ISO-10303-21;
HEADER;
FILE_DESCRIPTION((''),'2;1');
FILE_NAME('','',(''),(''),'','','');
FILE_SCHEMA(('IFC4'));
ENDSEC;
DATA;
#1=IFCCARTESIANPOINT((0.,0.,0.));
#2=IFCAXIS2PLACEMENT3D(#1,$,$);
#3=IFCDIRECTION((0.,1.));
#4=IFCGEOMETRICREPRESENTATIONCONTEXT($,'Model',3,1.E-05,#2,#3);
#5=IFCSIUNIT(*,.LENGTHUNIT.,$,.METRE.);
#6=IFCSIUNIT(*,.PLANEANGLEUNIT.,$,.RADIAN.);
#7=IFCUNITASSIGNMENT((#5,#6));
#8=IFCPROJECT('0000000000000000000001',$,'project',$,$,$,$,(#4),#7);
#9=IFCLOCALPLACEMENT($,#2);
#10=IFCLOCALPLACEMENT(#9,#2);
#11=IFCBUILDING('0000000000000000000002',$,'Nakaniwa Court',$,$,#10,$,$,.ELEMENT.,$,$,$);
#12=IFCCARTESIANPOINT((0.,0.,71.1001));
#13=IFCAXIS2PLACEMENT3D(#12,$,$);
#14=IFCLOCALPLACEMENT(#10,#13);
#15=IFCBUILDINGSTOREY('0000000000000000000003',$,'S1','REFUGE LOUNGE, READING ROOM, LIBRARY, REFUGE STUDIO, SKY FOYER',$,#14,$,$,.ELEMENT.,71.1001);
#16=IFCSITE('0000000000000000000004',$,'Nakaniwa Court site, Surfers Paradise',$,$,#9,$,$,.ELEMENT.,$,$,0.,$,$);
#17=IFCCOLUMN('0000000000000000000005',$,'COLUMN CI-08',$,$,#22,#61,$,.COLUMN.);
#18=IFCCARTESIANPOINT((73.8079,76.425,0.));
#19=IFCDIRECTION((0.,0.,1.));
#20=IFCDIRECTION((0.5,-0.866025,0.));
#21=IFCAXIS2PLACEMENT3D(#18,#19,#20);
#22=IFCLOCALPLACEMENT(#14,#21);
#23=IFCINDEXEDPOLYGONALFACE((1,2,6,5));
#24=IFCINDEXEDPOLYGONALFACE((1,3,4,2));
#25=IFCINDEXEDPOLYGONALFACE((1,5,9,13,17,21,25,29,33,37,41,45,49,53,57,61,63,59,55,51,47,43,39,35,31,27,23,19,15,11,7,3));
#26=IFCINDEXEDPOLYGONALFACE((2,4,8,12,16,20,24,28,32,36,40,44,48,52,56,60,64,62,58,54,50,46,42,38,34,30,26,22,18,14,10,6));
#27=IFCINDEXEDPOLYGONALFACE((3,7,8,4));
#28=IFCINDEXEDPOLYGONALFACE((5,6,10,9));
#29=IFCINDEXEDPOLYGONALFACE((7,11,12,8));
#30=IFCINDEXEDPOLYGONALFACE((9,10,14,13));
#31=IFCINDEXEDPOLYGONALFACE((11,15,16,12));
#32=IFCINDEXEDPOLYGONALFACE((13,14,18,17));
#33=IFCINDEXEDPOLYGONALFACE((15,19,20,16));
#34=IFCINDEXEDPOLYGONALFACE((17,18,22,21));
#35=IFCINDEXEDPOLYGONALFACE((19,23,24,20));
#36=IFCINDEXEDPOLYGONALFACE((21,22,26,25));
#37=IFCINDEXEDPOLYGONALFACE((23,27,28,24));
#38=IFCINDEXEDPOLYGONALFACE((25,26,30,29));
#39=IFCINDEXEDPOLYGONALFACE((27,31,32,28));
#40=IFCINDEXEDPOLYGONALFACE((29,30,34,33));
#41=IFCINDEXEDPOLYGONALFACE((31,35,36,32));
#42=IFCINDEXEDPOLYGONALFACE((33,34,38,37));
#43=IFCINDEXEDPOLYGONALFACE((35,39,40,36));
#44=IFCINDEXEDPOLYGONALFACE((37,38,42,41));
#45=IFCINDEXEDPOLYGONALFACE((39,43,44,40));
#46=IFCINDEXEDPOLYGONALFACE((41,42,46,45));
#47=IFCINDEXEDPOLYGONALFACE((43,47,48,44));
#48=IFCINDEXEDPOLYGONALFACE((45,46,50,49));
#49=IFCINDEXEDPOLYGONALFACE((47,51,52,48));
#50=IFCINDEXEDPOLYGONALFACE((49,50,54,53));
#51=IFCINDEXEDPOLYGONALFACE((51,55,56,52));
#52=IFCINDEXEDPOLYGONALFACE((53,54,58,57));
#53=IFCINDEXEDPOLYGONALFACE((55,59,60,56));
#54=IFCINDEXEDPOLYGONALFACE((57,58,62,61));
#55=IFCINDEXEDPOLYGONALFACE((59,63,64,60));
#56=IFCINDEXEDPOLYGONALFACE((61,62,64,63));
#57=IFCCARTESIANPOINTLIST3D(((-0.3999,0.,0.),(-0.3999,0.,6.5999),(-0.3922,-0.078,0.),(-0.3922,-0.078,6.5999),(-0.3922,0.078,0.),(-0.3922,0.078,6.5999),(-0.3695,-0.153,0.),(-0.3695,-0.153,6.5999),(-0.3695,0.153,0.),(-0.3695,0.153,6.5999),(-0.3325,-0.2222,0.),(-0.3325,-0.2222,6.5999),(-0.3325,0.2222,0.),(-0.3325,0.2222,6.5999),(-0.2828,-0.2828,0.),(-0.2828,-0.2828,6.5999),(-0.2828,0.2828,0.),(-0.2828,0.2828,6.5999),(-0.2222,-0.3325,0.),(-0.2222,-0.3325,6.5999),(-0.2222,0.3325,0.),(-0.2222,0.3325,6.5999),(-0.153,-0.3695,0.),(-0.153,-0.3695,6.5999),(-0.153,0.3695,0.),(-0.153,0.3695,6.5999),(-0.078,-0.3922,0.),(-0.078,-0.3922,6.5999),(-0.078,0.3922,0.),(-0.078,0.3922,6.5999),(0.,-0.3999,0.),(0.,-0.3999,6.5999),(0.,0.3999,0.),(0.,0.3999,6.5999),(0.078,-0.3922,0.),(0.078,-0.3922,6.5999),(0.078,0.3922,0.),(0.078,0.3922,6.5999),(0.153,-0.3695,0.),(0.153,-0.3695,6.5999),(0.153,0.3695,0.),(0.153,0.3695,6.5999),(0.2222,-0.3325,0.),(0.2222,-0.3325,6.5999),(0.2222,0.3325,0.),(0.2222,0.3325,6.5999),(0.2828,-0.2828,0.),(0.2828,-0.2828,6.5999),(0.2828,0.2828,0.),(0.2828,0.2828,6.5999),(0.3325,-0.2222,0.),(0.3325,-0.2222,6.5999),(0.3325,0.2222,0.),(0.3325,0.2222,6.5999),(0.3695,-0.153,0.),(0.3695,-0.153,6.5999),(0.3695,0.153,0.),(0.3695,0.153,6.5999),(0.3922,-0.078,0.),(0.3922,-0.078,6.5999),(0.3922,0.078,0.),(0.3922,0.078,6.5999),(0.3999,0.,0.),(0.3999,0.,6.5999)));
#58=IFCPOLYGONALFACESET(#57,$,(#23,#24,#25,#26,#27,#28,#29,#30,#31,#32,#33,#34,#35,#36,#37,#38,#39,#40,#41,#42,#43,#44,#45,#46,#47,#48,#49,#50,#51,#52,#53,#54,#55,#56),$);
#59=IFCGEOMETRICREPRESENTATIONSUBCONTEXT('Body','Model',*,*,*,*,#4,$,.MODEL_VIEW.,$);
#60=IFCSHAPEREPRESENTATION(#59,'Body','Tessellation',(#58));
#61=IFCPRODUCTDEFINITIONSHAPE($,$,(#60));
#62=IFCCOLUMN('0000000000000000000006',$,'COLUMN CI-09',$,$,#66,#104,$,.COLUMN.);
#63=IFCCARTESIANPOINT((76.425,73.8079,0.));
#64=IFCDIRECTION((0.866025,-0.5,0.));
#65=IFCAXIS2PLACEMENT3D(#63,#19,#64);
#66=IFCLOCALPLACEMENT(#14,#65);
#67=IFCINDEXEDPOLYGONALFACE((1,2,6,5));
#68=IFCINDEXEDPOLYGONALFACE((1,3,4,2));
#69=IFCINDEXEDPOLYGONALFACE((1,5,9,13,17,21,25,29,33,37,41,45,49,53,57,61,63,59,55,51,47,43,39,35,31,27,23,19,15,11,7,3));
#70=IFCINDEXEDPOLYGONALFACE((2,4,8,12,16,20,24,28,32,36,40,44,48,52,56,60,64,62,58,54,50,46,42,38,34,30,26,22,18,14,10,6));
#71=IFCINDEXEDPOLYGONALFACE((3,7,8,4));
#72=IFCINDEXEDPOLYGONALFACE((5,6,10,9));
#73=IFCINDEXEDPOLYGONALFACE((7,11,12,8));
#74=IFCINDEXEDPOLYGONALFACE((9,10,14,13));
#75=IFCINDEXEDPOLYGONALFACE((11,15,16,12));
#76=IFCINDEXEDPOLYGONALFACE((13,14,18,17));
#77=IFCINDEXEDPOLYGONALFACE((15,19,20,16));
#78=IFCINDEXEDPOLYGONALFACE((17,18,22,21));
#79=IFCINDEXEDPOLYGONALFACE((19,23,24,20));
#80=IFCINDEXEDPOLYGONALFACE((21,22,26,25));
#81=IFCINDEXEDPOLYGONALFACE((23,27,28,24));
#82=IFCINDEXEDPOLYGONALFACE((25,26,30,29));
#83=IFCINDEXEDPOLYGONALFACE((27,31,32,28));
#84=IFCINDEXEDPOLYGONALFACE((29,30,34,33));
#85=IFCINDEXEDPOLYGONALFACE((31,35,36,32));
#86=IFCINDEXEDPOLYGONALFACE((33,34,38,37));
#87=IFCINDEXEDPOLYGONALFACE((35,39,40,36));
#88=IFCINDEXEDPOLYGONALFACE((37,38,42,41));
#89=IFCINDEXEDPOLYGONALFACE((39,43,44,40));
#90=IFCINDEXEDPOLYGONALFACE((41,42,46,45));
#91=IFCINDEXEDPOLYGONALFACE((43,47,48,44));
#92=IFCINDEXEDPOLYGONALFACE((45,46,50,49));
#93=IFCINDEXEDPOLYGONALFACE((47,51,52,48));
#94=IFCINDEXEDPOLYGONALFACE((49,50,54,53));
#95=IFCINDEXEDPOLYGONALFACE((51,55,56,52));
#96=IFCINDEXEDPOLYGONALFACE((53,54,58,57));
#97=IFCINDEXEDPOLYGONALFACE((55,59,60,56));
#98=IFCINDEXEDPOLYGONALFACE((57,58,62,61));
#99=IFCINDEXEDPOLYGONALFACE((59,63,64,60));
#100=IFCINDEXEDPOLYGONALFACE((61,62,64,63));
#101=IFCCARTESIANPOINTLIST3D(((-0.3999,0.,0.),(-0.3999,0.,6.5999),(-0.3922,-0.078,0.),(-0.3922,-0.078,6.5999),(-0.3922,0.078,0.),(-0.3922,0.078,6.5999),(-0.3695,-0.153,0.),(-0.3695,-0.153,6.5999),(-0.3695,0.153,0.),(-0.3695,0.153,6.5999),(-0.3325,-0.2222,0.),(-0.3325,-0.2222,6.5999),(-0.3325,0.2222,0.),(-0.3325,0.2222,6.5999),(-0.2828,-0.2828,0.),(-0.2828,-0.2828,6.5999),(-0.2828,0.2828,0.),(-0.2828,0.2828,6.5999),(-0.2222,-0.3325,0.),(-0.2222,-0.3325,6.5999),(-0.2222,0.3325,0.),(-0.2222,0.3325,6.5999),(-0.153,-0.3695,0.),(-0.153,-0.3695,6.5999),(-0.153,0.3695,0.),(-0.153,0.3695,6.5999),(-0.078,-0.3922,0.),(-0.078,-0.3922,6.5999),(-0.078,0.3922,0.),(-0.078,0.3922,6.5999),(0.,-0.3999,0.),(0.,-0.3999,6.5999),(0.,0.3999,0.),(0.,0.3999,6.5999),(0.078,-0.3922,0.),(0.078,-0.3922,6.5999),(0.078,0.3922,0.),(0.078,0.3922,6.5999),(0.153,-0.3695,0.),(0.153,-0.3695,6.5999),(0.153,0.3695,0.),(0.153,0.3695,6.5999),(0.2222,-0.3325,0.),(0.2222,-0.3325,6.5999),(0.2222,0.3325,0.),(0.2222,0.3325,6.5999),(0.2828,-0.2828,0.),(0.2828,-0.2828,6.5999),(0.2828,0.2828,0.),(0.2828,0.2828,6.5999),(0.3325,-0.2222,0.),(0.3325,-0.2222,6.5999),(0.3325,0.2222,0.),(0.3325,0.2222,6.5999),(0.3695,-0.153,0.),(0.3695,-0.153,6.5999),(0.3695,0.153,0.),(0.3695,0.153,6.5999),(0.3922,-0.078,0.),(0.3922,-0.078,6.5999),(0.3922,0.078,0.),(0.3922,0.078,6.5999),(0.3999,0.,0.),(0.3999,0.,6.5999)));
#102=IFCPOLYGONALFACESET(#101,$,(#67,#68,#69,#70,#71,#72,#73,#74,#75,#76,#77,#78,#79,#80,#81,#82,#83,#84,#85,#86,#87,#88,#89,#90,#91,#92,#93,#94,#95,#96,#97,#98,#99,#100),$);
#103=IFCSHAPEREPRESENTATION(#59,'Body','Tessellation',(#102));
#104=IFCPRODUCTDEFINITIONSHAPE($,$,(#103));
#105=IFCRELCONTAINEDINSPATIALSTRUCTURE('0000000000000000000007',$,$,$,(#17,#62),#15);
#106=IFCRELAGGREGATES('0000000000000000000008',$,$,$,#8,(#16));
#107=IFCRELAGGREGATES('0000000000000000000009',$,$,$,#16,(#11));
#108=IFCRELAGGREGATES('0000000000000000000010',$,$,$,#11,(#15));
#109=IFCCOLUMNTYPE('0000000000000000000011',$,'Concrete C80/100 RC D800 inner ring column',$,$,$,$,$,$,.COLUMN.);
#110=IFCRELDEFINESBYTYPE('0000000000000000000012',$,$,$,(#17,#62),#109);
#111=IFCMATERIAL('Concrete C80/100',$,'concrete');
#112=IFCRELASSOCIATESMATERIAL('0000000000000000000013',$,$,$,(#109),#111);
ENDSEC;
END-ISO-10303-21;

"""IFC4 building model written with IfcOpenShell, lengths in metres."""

from ifc_helpers import new_model, si_unit, direction, frame, origin, origin_2d, place, context, subcontext, project, spatial, circle, extrude, material, material_profile, profile_set, type_object, element, save


model = new_model("IFC4")

# Units and contexts
model_context = context("Model", 3, precision=1e-05, world=origin(), true_north=direction((0.0, 1.0)))
body_context = subcontext(model_context, "Body", "Model", "MODEL_VIEW")
ifc_project = project(units=[si_unit("LENGTHUNIT", "METRE"), si_unit("PLANEANGLEUNIT", "RADIAN")], contexts=[model_context])

# Site, building, storey
site_placement = place(None, origin())
site = spatial("IfcSite", under=ifc_project, at=site_placement, Name="Nakaniwa Court site, Surfers Paradise", CompositionType="ELEMENT", RefElevation=0.0)
building_placement = place(site_placement, origin())
building = spatial("IfcBuilding", under=site, at=building_placement, Name="Nakaniwa Court", CompositionType="ELEMENT")
storey_placement = place(building_placement, frame((0.0, 0.0, 71.1001)))
storey = spatial("IfcBuildingStorey", under=building, at=storey_placement, Name="S1", Description="REFUGE LOUNGE, READING ROOM, LIBRARY, REFUGE STUDIO, SKY FOYER", CompositionType="ELEMENT", Elevation=71.1001)

# Columns
ifc_material_1 = material(Name="Concrete C80/100", Category="concrete")
ifc_material_profile_1 = material_profile(ifc_material_1, circle(Radius=0.3999, at=origin_2d()), Name="Concrete C80/100 RC D800 inner ring column")
ifc_profile_set_1 = profile_set([ifc_material_profile_1], Name="Concrete C80/100")
column_type = type_object("IfcColumnType", Name="Concrete C80/100 RC D800 inner ring column", PredefinedType="COLUMN", material=ifc_profile_set_1)
for number, where, z_axis, x_axis, name in (
    (1, (73.8079, 76.425, 0.0), (0.0, 0.0, 1.0), (0.5, -0.866025, 0.0), "COLUMN CI-08"),
    (2, (76.425, 73.8079, 0.0), (0.0, 0.0, 1.0), (0.866025, -0.5, 0.0), "COLUMN CI-09"),
):
    element("IfcColumn", number, at=place(storey_placement, frame(where, z_axis=z_axis, x_axis=x_axis)), inside=storey, type_object=column_type, Name=name, PredefinedType="COLUMN", context=body_context, shape_type="SweptSolid", body=[
        extrude(circle(Radius=0.3999, at=origin_2d()), origin(), (0.0, 0.0, 1.0), 6.5999),
    ])

save(model, "model.ifc")
